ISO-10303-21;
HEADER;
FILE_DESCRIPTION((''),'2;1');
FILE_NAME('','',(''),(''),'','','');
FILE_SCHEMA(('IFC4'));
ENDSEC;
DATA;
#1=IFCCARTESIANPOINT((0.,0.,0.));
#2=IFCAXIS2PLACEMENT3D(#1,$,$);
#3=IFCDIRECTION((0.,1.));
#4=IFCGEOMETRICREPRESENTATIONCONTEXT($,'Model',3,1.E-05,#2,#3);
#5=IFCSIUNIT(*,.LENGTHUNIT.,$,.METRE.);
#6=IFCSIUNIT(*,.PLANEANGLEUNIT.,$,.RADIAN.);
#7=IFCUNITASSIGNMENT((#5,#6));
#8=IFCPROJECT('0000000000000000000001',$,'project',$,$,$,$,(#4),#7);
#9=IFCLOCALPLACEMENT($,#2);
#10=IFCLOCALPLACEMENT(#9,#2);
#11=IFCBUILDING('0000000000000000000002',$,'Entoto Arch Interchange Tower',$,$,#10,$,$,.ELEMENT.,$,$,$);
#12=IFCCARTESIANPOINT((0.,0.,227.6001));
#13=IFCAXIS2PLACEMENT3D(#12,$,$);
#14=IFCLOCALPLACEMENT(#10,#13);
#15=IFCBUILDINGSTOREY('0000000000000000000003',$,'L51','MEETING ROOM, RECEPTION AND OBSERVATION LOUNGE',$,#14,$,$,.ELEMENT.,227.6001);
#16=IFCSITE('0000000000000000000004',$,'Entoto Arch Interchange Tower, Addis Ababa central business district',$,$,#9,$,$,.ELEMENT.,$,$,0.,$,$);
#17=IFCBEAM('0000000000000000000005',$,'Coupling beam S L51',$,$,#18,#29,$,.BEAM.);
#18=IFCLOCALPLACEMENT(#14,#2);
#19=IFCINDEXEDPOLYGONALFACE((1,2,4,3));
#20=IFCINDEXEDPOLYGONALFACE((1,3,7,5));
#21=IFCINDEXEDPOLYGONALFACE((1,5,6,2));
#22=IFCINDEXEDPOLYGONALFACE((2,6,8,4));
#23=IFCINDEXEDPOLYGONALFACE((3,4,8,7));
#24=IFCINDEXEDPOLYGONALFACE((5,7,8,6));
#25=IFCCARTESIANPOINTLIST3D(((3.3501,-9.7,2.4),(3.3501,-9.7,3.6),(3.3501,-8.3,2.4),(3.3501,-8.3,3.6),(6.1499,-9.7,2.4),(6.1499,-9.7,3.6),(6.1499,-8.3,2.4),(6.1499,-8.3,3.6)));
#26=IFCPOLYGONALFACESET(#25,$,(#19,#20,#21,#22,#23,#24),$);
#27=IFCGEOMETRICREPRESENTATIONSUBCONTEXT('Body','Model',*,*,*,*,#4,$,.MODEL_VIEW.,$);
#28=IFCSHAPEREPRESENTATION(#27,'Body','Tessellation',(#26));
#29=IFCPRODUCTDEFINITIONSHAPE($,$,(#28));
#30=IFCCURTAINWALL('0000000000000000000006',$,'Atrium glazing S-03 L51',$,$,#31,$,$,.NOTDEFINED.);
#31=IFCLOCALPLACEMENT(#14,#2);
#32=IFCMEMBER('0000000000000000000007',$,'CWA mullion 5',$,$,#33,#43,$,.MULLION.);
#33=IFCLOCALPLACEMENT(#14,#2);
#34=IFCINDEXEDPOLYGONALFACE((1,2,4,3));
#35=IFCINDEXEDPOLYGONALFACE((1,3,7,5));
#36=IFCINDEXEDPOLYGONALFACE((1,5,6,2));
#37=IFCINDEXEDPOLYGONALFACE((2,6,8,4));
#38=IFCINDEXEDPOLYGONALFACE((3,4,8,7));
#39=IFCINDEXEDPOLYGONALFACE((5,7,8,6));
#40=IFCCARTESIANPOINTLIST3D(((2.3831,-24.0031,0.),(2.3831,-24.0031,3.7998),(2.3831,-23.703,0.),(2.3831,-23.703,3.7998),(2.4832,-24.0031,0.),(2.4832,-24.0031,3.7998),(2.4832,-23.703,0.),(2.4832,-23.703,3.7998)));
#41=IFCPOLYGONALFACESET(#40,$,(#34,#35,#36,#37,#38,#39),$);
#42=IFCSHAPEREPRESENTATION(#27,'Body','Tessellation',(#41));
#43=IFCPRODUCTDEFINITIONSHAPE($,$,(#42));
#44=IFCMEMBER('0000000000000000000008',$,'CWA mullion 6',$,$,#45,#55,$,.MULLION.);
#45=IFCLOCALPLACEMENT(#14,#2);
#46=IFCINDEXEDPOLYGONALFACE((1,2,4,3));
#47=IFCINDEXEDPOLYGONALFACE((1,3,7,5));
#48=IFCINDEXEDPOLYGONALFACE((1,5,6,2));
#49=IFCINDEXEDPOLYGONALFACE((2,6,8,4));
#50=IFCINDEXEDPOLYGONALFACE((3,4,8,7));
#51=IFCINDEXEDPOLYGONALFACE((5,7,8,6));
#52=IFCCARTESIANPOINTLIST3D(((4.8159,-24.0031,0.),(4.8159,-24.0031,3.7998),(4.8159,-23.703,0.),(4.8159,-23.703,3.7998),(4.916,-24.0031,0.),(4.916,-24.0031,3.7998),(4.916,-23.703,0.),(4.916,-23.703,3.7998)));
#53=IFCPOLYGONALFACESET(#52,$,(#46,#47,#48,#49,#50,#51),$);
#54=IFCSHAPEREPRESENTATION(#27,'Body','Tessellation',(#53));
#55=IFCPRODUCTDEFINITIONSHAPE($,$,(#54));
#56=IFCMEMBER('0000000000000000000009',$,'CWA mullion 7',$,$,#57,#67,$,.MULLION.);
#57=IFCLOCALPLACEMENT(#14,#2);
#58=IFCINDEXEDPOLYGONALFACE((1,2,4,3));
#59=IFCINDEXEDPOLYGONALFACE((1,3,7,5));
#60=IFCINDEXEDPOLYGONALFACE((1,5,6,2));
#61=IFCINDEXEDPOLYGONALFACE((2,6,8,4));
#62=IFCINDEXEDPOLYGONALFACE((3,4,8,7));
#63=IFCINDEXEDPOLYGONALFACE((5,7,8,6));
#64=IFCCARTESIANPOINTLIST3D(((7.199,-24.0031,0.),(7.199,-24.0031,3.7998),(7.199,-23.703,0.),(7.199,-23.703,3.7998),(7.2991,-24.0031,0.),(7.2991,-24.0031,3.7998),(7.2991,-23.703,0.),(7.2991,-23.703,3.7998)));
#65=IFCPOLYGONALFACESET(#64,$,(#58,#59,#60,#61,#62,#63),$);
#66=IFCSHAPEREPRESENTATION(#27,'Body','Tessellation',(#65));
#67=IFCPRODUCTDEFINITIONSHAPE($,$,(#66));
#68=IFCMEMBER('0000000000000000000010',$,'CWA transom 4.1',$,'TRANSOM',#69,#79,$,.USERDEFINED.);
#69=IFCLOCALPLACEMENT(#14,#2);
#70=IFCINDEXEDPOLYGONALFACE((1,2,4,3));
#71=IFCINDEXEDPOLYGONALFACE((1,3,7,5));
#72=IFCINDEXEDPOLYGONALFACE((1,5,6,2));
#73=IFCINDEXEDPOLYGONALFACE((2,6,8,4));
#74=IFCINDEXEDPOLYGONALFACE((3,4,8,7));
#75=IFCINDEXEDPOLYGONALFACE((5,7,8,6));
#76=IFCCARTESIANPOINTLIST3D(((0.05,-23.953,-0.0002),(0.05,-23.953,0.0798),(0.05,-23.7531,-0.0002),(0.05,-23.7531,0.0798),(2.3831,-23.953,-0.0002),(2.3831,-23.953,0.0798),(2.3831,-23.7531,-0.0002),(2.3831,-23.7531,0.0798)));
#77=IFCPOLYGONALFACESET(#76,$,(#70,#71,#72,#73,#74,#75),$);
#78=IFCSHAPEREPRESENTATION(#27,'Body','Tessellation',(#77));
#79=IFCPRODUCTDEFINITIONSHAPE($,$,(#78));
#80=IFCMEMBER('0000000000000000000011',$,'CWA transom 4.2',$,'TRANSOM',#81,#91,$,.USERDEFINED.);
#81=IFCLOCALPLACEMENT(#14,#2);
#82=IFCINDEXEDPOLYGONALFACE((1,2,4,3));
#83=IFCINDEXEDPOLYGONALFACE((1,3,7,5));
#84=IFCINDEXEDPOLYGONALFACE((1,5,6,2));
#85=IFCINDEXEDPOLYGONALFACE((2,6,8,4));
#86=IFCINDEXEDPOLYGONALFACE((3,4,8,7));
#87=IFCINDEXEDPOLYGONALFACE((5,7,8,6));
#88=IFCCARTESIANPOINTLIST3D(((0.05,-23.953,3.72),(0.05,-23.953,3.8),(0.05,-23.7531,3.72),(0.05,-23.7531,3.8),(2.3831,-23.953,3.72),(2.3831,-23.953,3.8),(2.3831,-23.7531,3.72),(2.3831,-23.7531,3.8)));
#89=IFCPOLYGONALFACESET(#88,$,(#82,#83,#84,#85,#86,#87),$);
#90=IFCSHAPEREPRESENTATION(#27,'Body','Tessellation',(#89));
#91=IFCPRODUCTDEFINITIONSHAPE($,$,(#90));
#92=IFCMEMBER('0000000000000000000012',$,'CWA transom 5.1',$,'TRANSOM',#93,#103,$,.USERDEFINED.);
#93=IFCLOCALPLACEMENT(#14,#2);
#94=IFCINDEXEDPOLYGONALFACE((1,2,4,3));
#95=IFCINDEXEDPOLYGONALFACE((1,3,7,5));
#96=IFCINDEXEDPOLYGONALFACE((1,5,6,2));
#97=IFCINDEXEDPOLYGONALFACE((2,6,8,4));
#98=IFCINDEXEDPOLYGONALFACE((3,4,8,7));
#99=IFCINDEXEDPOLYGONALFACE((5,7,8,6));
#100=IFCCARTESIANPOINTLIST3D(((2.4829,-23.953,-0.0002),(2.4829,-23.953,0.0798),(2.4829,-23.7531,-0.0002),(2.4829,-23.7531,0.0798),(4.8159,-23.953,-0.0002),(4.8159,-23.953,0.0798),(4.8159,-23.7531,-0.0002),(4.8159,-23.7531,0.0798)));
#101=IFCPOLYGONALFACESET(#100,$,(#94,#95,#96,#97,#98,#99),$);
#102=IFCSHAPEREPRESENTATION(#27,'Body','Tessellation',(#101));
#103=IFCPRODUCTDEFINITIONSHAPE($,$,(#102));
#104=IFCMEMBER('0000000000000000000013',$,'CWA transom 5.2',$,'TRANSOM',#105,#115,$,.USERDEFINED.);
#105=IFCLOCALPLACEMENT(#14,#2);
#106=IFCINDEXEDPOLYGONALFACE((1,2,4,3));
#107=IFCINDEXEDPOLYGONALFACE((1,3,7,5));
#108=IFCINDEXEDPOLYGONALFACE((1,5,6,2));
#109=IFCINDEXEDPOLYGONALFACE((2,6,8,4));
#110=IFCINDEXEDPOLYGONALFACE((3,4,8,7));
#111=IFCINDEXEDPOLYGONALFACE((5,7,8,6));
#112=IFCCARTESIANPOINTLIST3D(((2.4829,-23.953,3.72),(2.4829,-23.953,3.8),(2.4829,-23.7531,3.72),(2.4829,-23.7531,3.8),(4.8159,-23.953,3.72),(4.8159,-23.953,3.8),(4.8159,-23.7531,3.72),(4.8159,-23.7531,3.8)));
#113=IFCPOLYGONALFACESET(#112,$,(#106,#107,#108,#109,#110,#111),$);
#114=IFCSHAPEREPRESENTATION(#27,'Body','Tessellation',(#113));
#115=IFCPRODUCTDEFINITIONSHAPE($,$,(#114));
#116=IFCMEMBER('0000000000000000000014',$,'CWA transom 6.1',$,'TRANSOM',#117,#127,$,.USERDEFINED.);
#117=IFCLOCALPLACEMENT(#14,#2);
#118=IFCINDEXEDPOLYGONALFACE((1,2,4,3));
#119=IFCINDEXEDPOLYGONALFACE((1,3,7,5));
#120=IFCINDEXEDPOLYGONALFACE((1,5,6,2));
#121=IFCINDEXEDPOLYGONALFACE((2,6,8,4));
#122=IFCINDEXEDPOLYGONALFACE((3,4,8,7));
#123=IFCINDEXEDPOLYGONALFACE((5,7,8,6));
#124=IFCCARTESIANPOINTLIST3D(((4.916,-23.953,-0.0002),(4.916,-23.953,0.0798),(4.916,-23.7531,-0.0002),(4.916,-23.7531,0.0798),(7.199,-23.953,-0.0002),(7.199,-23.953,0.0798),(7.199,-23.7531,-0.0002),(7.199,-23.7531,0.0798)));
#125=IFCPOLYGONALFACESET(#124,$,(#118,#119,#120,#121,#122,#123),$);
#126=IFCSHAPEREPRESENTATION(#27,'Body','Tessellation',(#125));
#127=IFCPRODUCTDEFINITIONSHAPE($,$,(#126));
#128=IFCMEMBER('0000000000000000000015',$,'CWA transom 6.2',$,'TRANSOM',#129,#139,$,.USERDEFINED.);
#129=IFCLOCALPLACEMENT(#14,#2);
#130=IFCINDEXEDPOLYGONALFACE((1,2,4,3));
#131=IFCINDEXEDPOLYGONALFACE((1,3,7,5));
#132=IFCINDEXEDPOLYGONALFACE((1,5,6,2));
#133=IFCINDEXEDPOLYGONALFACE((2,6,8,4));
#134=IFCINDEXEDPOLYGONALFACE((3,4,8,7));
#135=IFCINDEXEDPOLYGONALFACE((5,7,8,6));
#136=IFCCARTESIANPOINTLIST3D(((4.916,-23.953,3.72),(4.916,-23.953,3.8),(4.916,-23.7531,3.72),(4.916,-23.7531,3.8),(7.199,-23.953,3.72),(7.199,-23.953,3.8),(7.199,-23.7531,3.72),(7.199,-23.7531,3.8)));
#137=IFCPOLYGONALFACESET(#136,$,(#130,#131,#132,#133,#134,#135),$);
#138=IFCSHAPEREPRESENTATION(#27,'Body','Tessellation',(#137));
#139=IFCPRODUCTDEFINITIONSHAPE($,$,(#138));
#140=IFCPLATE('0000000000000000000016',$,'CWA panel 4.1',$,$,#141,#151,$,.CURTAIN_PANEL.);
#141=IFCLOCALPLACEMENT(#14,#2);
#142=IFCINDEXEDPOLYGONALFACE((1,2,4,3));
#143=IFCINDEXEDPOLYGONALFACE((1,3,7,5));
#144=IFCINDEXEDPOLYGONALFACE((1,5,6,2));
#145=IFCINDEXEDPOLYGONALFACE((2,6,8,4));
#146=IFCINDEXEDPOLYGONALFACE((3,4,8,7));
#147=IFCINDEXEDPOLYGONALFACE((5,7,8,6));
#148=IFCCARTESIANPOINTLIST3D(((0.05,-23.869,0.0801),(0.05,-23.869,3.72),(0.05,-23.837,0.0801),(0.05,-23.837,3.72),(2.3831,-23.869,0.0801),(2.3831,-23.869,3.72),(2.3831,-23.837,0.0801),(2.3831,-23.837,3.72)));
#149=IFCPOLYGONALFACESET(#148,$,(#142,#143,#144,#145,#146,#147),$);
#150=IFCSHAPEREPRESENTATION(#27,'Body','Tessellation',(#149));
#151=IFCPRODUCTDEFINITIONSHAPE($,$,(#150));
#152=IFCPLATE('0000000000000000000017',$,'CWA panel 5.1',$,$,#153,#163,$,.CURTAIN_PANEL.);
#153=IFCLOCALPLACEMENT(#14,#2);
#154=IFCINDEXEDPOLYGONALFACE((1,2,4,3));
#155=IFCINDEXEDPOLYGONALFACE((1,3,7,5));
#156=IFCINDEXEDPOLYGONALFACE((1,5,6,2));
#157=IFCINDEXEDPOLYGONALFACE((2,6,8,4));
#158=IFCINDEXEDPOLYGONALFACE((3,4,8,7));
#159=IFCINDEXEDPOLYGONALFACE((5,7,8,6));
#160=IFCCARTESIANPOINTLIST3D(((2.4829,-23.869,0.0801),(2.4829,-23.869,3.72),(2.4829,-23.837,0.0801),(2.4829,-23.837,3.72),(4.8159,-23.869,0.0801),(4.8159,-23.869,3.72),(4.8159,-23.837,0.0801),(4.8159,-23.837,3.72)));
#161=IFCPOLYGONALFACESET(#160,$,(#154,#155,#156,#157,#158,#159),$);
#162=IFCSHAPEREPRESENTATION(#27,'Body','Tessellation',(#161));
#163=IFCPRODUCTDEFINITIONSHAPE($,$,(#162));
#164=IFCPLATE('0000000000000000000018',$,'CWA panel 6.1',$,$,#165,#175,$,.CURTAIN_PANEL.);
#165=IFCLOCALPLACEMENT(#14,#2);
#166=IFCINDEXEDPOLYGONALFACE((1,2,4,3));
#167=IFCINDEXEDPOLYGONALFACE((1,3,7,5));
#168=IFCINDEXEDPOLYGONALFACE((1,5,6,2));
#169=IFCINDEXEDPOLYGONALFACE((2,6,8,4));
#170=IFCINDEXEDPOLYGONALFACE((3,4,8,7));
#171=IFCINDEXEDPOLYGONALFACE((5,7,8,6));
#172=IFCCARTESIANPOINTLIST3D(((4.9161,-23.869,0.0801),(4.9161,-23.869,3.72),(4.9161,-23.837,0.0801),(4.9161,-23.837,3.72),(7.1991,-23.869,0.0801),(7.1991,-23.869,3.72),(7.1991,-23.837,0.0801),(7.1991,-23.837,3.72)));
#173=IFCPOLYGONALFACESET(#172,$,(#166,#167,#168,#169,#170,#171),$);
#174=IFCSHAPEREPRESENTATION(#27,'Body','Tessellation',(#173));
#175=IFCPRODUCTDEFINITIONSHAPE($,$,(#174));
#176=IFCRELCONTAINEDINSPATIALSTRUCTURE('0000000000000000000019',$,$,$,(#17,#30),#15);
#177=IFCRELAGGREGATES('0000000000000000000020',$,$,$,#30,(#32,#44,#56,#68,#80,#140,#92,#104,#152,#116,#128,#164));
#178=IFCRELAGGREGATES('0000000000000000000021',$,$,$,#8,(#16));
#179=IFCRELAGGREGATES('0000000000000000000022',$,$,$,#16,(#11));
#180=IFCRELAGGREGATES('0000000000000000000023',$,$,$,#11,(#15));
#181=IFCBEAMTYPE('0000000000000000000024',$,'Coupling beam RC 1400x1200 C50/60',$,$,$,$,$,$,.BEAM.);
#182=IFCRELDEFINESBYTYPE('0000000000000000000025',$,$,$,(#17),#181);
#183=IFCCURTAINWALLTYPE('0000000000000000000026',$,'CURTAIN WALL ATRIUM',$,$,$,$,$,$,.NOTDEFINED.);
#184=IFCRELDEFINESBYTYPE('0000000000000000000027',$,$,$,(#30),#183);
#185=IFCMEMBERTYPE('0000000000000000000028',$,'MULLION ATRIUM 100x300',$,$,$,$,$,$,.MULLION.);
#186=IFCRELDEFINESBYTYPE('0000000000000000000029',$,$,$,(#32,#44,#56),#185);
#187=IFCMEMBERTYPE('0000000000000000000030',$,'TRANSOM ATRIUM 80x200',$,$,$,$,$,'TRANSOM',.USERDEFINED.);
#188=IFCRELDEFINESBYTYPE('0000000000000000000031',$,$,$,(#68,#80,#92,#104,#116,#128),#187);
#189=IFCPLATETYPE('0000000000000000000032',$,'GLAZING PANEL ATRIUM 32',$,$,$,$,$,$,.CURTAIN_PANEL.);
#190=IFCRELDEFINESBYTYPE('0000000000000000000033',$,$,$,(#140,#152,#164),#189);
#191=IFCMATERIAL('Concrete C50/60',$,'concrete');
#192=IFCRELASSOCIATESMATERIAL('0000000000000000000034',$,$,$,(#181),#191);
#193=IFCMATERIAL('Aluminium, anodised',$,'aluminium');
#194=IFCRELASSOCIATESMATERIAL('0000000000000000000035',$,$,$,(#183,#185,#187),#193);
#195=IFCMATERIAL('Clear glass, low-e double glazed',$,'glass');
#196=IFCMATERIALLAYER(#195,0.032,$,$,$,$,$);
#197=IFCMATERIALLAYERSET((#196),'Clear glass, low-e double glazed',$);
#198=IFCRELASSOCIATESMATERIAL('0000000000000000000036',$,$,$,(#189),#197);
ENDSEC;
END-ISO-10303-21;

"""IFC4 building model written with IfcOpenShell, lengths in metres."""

from ifc_helpers import new_model, si_unit, direction, frame, origin, origin_2d, place, context, subcontext, project, spatial, rectangle, extrude, material, layer, layer_set, material_profile, profile_set, type_object, element, aggregate, save


model = new_model("IFC4")

# Units and contexts
model_context = context("Model", 3, precision=1e-05, world=origin(), true_north=direction((0.0, 1.0)))
body_context = subcontext(model_context, "Body", "Model", "MODEL_VIEW")
ifc_project = project(units=[si_unit("LENGTHUNIT", "METRE"), si_unit("PLANEANGLEUNIT", "RADIAN")], contexts=[model_context])

# Site, building, storey
site_placement = place(None, origin())
site = spatial("IfcSite", under=ifc_project, at=site_placement, Name="Entoto Arch Interchange Tower, Addis Ababa central business district", CompositionType="ELEMENT", RefElevation=0.0)
building_placement = place(site_placement, origin())
building = spatial("IfcBuilding", under=site, at=building_placement, Name="Entoto Arch Interchange Tower", CompositionType="ELEMENT")
storey_placement = place(building_placement, frame((0.0, 0.0, 227.6001)))
storey = spatial("IfcBuildingStorey", under=building, at=storey_placement, Name="L51", Description="MEETING ROOM, RECEPTION AND OBSERVATION LOUNGE", CompositionType="ELEMENT", Elevation=227.6001)

# Beam
ifc_material_1 = material(Name="Concrete C50/60", Category="concrete")
ifc_material_profile_1 = material_profile(ifc_material_1, rectangle(XDim=1.3999, YDim=1.2, at=origin_2d()))
ifc_profile_set_1 = profile_set([ifc_material_profile_1], Name="Concrete C50/60")
beam_type = type_object("IfcBeamType", Name="Coupling beam RC 1400x1200 C50/60", PredefinedType="BEAM", material=ifc_profile_set_1)
beam_placement = place(storey_placement, frame((3.3501, -9.0, 3.0), z_axis=(1.0, 0.0, 0.0), x_axis=(0.0, 1.0, 0.0)))
element("IfcBeam", 1, at=beam_placement, inside=storey, type_object=beam_type, Name="Coupling beam S L51", PredefinedType="BEAM", context=body_context, shape_type="SweptSolid", body=[
    extrude(rectangle(XDim=1.3999, YDim=1.2, at=origin_2d()), origin(), (0.0, 0.0, 1.0), 2.7998),
])

# Curtain wall, members, plates
ifc_material_2 = material(Name="Aluminium, anodised", Category="aluminium")
curtain_wall_type = type_object("IfcCurtainWallType", Name="CURTAIN WALL ATRIUM", PredefinedType="NOTDEFINED", material=ifc_material_2)
curtain_wall_placement = place(storey_placement, origin())
curtain_wall = element("IfcCurtainWall", 2, at=curtain_wall_placement, inside=storey, type_object=curtain_wall_type, Name="Atrium glazing S-03 L51", PredefinedType="NOTDEFINED")
ifc_material_profile_2 = material_profile(ifc_material_2, rectangle(XDim=0.3, YDim=0.1001, at=origin_2d()))
ifc_profile_set_2 = profile_set([ifc_material_profile_2], Name="Aluminium, anodised")
member_type_1 = type_object("IfcMemberType", Name="MULLION ATRIUM 100x300", PredefinedType="MULLION", material=ifc_profile_set_2)
member_1_placement = place(storey_placement, frame((2.4331, -23.853, 0.0), z_axis=(0.0, 0.0, 1.0), x_axis=(0.0, 1.0, 0.0)))
member_1 = element("IfcMember", 3, at=member_1_placement, type_object=member_type_1, Name="CWA mullion 5", PredefinedType="MULLION", context=body_context, shape_type="SweptSolid", body=[
    extrude(rectangle(XDim=0.3, YDim=0.1001, at=origin_2d()), origin(), (0.0, 0.0, 1.0), 3.7998),
])
member_2_placement = place(storey_placement, frame((4.866, -23.853, 0.0), z_axis=(0.0, 0.0, 1.0), x_axis=(0.0, 1.0, 0.0)))
member_2 = element("IfcMember", 4, at=member_2_placement, type_object=member_type_1, Name="CWA mullion 6", PredefinedType="MULLION", context=body_context, shape_type="SweptSolid", body=[
    extrude(rectangle(XDim=0.3, YDim=0.1001, at=origin_2d()), origin(), (0.0, 0.0, 1.0), 3.7998),
])
member_3_placement = place(storey_placement, frame((7.249, -23.853, 0.0), z_axis=(0.0, 0.0, 1.0), x_axis=(0.0, 1.0, 0.0)))
member_3 = element("IfcMember", 5, at=member_3_placement, type_object=member_type_1, Name="CWA mullion 7", PredefinedType="MULLION", context=body_context, shape_type="SweptSolid", body=[
    extrude(rectangle(XDim=0.3, YDim=0.1001, at=origin_2d()), origin(), (0.0, 0.0, 1.0), 3.7998),
])
ifc_material_profile_3 = material_profile(ifc_material_2, rectangle(XDim=0.2, YDim=0.0801, at=origin_2d()))
ifc_profile_set_3 = profile_set([ifc_material_profile_3], Name="Aluminium, anodised")
member_type_2 = type_object("IfcMemberType", Name="TRANSOM ATRIUM 80x200", ElementType="TRANSOM", PredefinedType="USERDEFINED", material=ifc_profile_set_3)
member_4_placement = place(storey_placement, frame((0.05, -23.853, 0.0398), z_axis=(1.0, 0.0, 0.0), x_axis=(0.0, 1.0, 0.0)))
member_4 = element("IfcMember", 6, at=member_4_placement, type_object=member_type_2, Name="CWA transom 4.1", ObjectType="TRANSOM", PredefinedType="USERDEFINED", context=body_context, shape_type="SweptSolid", body=[
    extrude(rectangle(XDim=0.2, YDim=0.0801, at=origin_2d()), origin(), (0.0, 0.0, 1.0), 2.333),
])
member_5_placement = place(storey_placement, frame((0.05, -23.853, 3.76), z_axis=(1.0, 0.0, 0.0), x_axis=(0.0, 1.0, 0.0)))
member_5 = element("IfcMember", 7, at=member_5_placement, type_object=member_type_2, Name="CWA transom 4.2", ObjectType="TRANSOM", PredefinedType="USERDEFINED", context=body_context, shape_type="SweptSolid", body=[
    extrude(rectangle(XDim=0.2, YDim=0.0801, at=origin_2d()), origin(), (0.0, 0.0, 1.0), 2.333),
])
member_6_placement = place(storey_placement, frame((2.4829, -23.853, 0.0398), z_axis=(1.0, 0.0, 0.0), x_axis=(0.0, 1.0, 0.0)))
member_6 = element("IfcMember", 8, at=member_6_placement, type_object=member_type_2, Name="CWA transom 5.1", ObjectType="TRANSOM", PredefinedType="USERDEFINED", context=body_context, shape_type="SweptSolid", body=[
    extrude(rectangle(XDim=0.2, YDim=0.0801, at=origin_2d()), origin(), (0.0, 0.0, 1.0), 2.333),
])
member_7_placement = place(storey_placement, frame((2.4829, -23.853, 3.76), z_axis=(1.0, 0.0, 0.0), x_axis=(0.0, 1.0, 0.0)))
member_7 = element("IfcMember", 9, at=member_7_placement, type_object=member_type_2, Name="CWA transom 5.2", ObjectType="TRANSOM", PredefinedType="USERDEFINED", context=body_context, shape_type="SweptSolid", body=[
    extrude(rectangle(XDim=0.2, YDim=0.0801, at=origin_2d()), origin(), (0.0, 0.0, 1.0), 2.333),
])
member_8_placement = place(storey_placement, frame((4.916, -23.853, 0.0398), z_axis=(1.0, 0.0, 0.0), x_axis=(0.0, 1.0, 0.0)))
member_8 = element("IfcMember", 10, at=member_8_placement, type_object=member_type_2, Name="CWA transom 6.1", ObjectType="TRANSOM", PredefinedType="USERDEFINED", context=body_context, shape_type="SweptSolid", body=[
    extrude(rectangle(XDim=0.2, YDim=0.0801, at=origin_2d()), origin(), (0.0, 0.0, 1.0), 2.283),
])
member_9_placement = place(storey_placement, frame((4.916, -23.853, 3.76), z_axis=(1.0, 0.0, 0.0), x_axis=(0.0, 1.0, 0.0)))
member_9 = element("IfcMember", 11, at=member_9_placement, type_object=member_type_2, Name="CWA transom 6.2", ObjectType="TRANSOM", PredefinedType="USERDEFINED", context=body_context, shape_type="SweptSolid", body=[
    extrude(rectangle(XDim=0.2, YDim=0.0801, at=origin_2d()), origin(), (0.0, 0.0, 1.0), 2.283),
])
ifc_material_3 = material(Name="Clear glass, low-e double glazed", Category="glass")
ifc_layer_1 = layer(ifc_material_3, 0.032)
ifc_layer_set_1 = layer_set([ifc_layer_1], Name="Clear glass, low-e double glazed")
plate_type = type_object("IfcPlateType", Name="GLAZING PANEL ATRIUM 32", PredefinedType="CURTAIN_PANEL", material=ifc_layer_set_1)
plate_1_placement = place(storey_placement, frame((1.2166, -23.853, 0.0801), z_axis=(0.0, 0.0, 1.0), x_axis=(1.0, 0.0, 0.0)))
plate_1 = element("IfcPlate", 12, at=plate_1_placement, type_object=plate_type, Name="CWA panel 4.1", PredefinedType="CURTAIN_PANEL", context=body_context, shape_type="SweptSolid", body=[
    extrude(rectangle(XDim=2.333, YDim=0.032, at=origin_2d()), origin(), (0.0, 0.0, 1.0), 3.6399),
])
plate_2_placement = place(storey_placement, frame((3.6494, -23.853, 0.0801), z_axis=(0.0, 0.0, 1.0), x_axis=(1.0, 0.0, 0.0)))
plate_2 = element("IfcPlate", 13, at=plate_2_placement, type_object=plate_type, Name="CWA panel 5.1", PredefinedType="CURTAIN_PANEL", context=body_context, shape_type="SweptSolid", body=[
    extrude(rectangle(XDim=2.333, YDim=0.032, at=origin_2d()), origin(), (0.0, 0.0, 1.0), 3.6399),
])
plate_3_placement = place(storey_placement, frame((6.0576, -23.853, 0.0801), z_axis=(0.0, 0.0, 1.0), x_axis=(1.0, 0.0, 0.0)))
plate_3 = element("IfcPlate", 14, at=plate_3_placement, type_object=plate_type, Name="CWA panel 6.1", PredefinedType="CURTAIN_PANEL", context=body_context, shape_type="SweptSolid", body=[
    extrude(rectangle(XDim=2.283, YDim=0.032, at=origin_2d()), origin(), (0.0, 0.0, 1.0), 3.6399),
])
aggregate(curtain_wall, [member_1, member_2, member_3, member_4, member_5, plate_1, member_6, member_7, plate_2, member_8, member_9, plate_3])

save(model, "model.ifc")
